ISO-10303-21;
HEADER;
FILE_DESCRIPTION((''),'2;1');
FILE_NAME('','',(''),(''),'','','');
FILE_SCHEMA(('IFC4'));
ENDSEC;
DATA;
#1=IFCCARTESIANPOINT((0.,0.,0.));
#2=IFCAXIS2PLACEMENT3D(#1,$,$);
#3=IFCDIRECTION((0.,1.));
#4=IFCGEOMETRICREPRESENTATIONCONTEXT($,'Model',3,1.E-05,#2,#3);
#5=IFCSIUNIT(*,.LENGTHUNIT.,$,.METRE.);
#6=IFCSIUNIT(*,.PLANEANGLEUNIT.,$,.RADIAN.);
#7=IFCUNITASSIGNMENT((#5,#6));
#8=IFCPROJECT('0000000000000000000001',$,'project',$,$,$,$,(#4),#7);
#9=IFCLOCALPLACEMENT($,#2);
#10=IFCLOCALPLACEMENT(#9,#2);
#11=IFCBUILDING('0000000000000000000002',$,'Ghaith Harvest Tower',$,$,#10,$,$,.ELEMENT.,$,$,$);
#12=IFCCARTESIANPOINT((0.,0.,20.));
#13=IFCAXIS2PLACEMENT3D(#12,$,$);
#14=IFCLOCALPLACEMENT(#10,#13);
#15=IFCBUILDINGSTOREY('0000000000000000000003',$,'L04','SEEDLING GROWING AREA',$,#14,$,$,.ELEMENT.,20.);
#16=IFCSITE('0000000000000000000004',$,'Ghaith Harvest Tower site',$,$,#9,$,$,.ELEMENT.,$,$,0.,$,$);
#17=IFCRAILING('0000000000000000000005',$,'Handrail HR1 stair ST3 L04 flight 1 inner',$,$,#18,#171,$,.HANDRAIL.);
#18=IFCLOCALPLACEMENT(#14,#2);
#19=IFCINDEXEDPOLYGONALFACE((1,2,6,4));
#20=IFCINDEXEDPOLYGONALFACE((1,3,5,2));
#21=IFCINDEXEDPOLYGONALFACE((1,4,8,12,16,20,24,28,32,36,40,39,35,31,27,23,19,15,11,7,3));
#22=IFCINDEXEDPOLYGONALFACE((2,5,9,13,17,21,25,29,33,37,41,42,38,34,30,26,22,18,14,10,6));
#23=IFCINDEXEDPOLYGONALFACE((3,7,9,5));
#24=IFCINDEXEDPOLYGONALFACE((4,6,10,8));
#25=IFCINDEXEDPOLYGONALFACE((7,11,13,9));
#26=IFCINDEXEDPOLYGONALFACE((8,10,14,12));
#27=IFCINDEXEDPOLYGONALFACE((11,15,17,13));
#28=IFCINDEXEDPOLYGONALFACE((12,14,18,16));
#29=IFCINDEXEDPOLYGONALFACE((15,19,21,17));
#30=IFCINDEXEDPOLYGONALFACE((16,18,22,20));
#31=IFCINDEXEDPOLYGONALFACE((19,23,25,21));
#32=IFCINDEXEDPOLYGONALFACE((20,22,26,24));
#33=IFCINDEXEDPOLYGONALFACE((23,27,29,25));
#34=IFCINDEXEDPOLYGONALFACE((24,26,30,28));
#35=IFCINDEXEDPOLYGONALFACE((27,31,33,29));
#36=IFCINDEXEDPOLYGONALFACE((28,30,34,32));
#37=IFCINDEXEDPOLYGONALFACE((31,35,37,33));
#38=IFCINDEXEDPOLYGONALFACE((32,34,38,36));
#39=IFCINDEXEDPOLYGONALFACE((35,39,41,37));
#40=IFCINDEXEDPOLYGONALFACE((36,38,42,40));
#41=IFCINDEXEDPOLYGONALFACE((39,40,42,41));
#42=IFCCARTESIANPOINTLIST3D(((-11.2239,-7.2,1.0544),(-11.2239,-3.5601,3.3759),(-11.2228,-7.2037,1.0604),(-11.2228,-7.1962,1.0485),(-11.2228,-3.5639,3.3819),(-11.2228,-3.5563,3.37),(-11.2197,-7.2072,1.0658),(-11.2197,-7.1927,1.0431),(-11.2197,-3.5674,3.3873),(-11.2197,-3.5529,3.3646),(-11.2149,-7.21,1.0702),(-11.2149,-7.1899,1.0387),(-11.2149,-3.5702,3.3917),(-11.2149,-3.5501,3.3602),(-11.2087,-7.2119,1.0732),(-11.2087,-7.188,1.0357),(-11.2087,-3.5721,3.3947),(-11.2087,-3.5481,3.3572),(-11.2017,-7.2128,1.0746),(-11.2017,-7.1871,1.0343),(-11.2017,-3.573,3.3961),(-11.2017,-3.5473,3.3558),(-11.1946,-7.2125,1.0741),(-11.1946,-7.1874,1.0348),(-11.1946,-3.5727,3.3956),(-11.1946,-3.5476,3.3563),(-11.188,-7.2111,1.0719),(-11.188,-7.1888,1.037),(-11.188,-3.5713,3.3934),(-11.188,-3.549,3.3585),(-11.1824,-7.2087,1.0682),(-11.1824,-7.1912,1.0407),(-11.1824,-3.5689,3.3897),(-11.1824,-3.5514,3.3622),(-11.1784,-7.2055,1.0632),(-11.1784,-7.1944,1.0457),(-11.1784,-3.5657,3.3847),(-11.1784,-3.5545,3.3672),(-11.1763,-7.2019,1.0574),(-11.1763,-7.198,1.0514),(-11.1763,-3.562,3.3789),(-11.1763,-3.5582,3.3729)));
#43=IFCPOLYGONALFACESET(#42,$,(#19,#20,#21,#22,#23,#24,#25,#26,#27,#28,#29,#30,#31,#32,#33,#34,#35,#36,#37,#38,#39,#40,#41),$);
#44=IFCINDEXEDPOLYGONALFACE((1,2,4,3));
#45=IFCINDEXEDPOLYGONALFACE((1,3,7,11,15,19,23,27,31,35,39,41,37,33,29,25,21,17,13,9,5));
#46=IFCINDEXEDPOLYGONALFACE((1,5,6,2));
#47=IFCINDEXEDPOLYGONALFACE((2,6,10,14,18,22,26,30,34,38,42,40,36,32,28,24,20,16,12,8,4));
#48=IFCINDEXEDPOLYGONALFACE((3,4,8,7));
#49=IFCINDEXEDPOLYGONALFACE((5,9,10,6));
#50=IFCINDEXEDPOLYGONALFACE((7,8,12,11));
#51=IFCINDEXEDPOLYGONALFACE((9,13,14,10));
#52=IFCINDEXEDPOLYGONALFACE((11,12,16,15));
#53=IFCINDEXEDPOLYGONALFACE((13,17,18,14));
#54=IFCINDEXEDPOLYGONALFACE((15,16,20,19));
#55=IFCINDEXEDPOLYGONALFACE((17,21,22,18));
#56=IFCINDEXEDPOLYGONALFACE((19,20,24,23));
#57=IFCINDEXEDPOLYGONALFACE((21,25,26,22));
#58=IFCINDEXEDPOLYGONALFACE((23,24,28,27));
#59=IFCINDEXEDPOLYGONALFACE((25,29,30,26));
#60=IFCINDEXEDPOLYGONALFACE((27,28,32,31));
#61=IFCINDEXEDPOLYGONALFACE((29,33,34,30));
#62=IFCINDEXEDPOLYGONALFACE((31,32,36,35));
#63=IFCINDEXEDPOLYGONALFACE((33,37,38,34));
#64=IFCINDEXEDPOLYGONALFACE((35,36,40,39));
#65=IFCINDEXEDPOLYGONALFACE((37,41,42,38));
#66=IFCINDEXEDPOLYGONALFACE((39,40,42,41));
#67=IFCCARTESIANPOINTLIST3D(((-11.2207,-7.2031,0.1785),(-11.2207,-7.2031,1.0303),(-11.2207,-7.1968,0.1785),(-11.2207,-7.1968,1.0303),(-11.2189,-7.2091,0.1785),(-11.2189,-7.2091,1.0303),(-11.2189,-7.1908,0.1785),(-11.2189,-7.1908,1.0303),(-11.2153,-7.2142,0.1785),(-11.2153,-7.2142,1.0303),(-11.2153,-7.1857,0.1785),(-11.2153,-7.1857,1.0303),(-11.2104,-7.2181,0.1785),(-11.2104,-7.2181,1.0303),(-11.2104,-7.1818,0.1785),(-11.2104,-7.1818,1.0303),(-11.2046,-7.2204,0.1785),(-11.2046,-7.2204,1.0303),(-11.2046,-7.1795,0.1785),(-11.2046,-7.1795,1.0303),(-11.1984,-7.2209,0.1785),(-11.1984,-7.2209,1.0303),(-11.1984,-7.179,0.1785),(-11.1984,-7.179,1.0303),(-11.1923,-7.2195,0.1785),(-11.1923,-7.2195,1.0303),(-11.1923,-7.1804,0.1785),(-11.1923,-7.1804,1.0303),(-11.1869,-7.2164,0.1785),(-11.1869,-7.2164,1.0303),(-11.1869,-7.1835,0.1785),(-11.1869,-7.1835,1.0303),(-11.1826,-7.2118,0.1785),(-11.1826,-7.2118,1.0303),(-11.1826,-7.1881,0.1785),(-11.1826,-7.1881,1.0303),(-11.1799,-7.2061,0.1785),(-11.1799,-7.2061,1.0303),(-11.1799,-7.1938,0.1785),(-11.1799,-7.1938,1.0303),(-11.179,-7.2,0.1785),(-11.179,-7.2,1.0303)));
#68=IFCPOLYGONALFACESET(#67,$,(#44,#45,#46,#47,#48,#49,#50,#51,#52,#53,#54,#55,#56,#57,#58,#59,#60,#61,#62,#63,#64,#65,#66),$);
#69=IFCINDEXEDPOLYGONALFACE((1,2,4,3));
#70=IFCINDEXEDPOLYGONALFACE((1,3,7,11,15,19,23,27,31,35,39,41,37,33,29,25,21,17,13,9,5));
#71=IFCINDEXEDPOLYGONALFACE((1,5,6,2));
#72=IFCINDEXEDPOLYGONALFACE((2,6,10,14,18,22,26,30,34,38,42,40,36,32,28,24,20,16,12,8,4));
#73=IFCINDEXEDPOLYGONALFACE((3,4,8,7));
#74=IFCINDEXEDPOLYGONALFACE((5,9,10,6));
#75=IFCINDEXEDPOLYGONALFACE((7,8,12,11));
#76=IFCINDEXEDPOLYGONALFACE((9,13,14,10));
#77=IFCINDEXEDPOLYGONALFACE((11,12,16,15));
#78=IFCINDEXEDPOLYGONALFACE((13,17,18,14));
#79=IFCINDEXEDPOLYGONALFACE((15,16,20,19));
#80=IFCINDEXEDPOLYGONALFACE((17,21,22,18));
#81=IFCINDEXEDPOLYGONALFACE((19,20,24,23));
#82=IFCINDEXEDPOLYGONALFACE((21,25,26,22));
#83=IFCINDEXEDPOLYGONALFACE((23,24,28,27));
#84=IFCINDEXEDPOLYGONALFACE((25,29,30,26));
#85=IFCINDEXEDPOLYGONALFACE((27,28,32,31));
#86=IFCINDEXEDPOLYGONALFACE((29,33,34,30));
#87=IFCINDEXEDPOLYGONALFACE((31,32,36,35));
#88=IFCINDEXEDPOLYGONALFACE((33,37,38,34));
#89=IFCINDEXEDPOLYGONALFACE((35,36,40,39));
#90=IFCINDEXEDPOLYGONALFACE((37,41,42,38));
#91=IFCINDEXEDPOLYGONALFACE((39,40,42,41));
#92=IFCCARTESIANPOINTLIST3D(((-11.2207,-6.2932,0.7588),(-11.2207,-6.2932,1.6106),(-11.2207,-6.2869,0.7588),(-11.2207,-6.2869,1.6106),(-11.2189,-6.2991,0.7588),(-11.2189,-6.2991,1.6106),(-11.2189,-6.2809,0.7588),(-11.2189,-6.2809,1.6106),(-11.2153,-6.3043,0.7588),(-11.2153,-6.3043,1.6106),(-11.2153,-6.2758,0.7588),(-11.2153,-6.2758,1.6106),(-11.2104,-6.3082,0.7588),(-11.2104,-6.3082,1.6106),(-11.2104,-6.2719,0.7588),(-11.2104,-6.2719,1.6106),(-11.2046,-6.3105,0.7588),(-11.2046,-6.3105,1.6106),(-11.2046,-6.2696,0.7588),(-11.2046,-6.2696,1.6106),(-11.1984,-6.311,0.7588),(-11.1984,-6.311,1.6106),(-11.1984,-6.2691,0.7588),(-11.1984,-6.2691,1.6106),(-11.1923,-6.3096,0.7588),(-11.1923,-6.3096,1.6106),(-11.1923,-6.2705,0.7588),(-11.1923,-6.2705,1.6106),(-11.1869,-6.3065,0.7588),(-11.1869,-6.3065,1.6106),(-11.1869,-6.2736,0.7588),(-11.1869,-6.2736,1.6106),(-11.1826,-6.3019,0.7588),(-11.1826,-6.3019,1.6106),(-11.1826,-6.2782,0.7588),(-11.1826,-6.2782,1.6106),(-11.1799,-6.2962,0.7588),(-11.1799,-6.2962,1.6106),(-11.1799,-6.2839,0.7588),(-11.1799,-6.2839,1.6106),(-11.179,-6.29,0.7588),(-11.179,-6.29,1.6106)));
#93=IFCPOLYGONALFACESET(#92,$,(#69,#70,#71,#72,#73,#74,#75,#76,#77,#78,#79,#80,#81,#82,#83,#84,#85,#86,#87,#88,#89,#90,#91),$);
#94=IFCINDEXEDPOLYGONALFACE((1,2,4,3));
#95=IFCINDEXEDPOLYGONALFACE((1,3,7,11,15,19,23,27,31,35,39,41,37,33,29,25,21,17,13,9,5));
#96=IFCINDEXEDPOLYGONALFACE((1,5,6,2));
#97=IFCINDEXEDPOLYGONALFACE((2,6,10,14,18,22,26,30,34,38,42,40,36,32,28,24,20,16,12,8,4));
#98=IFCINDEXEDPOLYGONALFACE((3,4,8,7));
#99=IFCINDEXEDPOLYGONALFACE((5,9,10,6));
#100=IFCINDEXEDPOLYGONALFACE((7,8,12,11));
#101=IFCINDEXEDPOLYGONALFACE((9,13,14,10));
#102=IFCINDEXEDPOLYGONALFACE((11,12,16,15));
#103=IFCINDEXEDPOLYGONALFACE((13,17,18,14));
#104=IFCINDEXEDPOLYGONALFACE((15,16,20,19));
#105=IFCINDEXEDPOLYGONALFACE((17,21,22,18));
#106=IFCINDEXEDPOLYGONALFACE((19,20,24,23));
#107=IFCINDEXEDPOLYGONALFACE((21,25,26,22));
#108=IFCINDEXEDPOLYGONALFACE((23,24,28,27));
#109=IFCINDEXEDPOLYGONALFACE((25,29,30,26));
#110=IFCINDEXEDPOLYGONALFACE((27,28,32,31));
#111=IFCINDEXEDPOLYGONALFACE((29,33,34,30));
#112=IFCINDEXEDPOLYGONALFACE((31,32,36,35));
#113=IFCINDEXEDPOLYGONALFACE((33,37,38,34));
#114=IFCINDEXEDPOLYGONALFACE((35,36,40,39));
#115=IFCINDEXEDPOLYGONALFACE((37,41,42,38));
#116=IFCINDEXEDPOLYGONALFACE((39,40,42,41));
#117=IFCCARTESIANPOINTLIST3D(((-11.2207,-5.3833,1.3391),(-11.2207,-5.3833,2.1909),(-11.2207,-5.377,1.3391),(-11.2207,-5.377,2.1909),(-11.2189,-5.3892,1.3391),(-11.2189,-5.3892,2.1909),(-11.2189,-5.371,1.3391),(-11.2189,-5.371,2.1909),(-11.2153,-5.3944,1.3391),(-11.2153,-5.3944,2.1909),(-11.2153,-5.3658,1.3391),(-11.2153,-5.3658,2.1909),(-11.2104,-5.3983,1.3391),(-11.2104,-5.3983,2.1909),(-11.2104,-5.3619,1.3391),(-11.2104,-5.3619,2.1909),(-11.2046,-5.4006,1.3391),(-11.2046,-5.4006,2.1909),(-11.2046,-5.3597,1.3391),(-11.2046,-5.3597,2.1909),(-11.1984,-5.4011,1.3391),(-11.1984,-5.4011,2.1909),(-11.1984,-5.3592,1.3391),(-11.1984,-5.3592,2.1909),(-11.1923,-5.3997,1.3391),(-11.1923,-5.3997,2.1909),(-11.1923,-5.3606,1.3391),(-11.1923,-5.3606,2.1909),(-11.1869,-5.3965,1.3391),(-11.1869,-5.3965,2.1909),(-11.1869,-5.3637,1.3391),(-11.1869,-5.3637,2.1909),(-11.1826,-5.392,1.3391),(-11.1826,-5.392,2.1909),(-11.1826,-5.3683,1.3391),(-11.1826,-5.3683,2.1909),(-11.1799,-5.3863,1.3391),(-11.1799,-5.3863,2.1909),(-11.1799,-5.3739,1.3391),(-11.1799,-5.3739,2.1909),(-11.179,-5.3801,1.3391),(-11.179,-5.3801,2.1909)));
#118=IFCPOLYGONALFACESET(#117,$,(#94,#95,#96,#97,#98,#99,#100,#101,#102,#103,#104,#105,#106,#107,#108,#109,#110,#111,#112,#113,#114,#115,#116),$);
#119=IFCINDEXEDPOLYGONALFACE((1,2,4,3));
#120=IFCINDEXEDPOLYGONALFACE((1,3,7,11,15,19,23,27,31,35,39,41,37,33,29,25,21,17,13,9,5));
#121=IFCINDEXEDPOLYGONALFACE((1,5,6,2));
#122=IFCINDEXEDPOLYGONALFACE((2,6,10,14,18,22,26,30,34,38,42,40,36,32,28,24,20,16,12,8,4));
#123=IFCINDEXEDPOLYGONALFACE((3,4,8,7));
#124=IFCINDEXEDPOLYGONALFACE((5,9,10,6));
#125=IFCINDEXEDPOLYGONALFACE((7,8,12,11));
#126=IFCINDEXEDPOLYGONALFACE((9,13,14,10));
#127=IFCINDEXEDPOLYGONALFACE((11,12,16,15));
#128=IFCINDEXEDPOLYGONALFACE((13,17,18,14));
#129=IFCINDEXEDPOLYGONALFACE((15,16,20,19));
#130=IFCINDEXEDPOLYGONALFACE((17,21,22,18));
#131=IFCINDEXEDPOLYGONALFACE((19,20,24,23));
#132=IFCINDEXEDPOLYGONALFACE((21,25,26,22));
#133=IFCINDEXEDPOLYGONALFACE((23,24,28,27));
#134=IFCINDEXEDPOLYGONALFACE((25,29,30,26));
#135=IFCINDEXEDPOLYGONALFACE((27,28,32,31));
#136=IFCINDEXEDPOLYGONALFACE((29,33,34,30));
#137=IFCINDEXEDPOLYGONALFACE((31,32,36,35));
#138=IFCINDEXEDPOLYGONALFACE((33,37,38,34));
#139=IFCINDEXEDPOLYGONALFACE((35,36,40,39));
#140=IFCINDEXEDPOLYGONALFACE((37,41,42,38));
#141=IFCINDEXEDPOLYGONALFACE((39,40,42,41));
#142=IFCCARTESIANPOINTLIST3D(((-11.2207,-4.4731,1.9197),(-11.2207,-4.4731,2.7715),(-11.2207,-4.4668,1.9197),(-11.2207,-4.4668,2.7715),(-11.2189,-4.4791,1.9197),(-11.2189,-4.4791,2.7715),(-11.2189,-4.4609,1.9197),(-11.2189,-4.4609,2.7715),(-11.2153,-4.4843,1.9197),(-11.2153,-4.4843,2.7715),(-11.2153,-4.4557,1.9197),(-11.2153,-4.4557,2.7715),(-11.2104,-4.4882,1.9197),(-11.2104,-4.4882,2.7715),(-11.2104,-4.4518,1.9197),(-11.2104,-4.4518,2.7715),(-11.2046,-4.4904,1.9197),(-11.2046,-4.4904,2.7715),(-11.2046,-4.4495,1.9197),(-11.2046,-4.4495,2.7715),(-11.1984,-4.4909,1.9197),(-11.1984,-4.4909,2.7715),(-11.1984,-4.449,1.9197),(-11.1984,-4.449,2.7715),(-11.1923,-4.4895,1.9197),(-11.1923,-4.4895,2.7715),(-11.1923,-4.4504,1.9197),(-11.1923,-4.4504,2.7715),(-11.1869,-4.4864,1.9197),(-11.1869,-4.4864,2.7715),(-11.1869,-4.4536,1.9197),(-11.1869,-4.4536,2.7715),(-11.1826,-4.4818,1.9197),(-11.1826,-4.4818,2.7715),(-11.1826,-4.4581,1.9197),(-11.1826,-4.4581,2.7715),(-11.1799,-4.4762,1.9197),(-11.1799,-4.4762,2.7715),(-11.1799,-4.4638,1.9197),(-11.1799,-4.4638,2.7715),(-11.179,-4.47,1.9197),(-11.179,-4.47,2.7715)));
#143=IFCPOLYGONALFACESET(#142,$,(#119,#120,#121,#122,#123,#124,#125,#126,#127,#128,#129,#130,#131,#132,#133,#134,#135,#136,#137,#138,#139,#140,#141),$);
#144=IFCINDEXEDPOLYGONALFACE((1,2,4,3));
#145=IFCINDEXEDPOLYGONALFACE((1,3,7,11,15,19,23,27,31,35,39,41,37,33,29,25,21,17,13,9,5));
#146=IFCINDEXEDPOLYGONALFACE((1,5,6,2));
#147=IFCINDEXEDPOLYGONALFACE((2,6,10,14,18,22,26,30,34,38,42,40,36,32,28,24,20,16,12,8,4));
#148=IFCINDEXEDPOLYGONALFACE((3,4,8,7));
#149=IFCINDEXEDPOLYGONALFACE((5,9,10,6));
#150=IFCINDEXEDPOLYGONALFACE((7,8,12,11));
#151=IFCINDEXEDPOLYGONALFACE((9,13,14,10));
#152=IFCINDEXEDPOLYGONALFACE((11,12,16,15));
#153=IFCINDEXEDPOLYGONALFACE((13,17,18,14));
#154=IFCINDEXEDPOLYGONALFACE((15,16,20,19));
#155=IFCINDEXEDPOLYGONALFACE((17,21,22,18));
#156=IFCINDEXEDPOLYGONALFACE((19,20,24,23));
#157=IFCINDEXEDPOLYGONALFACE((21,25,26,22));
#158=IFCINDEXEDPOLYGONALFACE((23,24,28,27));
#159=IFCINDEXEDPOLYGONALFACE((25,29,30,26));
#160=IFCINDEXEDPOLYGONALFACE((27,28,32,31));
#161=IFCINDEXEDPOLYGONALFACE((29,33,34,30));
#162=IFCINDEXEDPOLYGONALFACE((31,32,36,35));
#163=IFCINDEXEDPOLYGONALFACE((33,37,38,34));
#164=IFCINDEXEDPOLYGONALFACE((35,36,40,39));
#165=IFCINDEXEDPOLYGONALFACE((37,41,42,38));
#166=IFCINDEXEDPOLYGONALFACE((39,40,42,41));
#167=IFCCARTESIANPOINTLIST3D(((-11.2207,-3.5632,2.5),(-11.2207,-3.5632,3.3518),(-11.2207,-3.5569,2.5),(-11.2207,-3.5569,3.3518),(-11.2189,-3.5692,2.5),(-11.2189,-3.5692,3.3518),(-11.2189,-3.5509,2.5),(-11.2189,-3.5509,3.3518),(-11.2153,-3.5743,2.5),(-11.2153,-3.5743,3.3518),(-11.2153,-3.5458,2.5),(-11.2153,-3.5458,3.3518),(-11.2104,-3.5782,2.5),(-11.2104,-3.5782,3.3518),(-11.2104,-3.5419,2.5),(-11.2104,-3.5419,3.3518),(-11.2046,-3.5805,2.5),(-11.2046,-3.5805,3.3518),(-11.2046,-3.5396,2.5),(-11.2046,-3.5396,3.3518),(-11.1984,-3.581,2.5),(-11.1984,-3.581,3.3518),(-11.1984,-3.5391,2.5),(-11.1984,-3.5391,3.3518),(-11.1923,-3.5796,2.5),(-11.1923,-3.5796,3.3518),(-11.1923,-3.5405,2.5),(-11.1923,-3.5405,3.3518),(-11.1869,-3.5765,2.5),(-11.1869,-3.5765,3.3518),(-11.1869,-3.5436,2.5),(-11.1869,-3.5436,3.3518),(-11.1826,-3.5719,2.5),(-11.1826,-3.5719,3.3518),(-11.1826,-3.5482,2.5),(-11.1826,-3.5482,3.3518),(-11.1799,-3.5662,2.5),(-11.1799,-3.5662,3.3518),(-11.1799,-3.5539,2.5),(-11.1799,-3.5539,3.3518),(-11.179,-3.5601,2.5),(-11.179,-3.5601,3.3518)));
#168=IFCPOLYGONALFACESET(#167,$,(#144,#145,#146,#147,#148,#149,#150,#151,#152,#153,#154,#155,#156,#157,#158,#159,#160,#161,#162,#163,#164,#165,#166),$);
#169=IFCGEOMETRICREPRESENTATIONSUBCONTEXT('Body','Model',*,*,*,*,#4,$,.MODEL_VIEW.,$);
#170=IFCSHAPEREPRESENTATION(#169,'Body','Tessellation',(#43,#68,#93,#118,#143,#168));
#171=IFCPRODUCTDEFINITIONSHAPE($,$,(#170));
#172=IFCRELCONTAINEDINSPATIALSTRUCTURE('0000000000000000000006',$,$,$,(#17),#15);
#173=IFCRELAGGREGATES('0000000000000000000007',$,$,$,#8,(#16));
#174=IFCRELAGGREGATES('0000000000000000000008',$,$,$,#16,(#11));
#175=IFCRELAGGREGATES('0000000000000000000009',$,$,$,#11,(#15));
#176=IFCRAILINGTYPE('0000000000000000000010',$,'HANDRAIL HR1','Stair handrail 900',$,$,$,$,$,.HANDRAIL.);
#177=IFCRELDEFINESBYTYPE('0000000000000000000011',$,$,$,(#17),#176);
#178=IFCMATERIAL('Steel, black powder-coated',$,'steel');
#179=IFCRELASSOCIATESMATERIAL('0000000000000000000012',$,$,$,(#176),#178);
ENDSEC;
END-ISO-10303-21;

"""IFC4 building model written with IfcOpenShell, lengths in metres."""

from ifc_helpers import new_model, si_unit, direction, frame, origin, origin_2d, place, context, subcontext, project, spatial, circle, extrude, material, type_object, element, save


model = new_model("IFC4")

# Units and contexts
model_context = context("Model", 3, precision=1e-05, world=origin(), true_north=direction((0.0, 1.0)))
body_context = subcontext(model_context, "Body", "Model", "MODEL_VIEW")
ifc_project = project(units=[si_unit("LENGTHUNIT", "METRE"), si_unit("PLANEANGLEUNIT", "RADIAN")], contexts=[model_context])

# Site, building, storey
site_placement = place(None, origin())
site = spatial("IfcSite", under=ifc_project, at=site_placement, Name="Ghaith Harvest Tower site", CompositionType="ELEMENT", RefElevation=0.0)
building_placement = place(site_placement, origin())
building = spatial("IfcBuilding", under=site, at=building_placement, Name="Ghaith Harvest Tower", CompositionType="ELEMENT")
storey_placement = place(building_placement, frame((0.0, 0.0, 20.0)))
storey = spatial("IfcBuildingStorey", under=building, at=storey_placement, Name="L04", Description="SEEDLING GROWING AREA", CompositionType="ELEMENT", Elevation=20.0)

# Railing
ifc_material_1 = material(Name="Steel, black powder-coated", Category="steel")
railing_type = type_object("IfcRailingType", Name="HANDRAIL HR1", Description="Stair handrail 900", PredefinedType="HANDRAIL", material=ifc_material_1)
railing_1_placement = place(storey_placement, frame((-11.2, -7.2, 0.1785)))
element("IfcRailing", 1, at=railing_1_placement, inside=storey, type_object=railing_type, Name="Handrail HR1 stair ST3 L04 flight 1 inner", PredefinedType="HANDRAIL", context=body_context, shape_type="SweptSolid", body=[
    extrude(circle(Radius=0.0239, at=origin_2d()), frame((0.0, 0.0, 0.876), z_axis=(0.0, 0.843112, 0.537739), x_axis=(-1.0, 0.0, 0.0)), (0.0, 0.0, 1.0), 4.3171),
    extrude(circle(Radius=0.021, at=origin_2d()), origin(), (0.0, 0.0, 1.0), 0.8518),
    extrude(circle(Radius=0.021, at=origin_2d()), frame((0.0, 0.9099, 0.5803)), (0.0, 0.0, 1.0), 0.8518),
    extrude(circle(Radius=0.021, at=origin_2d()), frame((0.0, 1.8198, 1.1606)), (0.0, 0.0, 1.0), 0.8518),
    extrude(circle(Radius=0.021, at=origin_2d()), frame((0.0, 2.73, 1.7412)), (0.0, 0.0, 1.0), 0.8518),
    extrude(circle(Radius=0.021, at=origin_2d()), frame((0.0, 3.6399, 2.3215)), (0.0, 0.0, 1.0), 0.8518),
])

save(model, "model.ifc")
